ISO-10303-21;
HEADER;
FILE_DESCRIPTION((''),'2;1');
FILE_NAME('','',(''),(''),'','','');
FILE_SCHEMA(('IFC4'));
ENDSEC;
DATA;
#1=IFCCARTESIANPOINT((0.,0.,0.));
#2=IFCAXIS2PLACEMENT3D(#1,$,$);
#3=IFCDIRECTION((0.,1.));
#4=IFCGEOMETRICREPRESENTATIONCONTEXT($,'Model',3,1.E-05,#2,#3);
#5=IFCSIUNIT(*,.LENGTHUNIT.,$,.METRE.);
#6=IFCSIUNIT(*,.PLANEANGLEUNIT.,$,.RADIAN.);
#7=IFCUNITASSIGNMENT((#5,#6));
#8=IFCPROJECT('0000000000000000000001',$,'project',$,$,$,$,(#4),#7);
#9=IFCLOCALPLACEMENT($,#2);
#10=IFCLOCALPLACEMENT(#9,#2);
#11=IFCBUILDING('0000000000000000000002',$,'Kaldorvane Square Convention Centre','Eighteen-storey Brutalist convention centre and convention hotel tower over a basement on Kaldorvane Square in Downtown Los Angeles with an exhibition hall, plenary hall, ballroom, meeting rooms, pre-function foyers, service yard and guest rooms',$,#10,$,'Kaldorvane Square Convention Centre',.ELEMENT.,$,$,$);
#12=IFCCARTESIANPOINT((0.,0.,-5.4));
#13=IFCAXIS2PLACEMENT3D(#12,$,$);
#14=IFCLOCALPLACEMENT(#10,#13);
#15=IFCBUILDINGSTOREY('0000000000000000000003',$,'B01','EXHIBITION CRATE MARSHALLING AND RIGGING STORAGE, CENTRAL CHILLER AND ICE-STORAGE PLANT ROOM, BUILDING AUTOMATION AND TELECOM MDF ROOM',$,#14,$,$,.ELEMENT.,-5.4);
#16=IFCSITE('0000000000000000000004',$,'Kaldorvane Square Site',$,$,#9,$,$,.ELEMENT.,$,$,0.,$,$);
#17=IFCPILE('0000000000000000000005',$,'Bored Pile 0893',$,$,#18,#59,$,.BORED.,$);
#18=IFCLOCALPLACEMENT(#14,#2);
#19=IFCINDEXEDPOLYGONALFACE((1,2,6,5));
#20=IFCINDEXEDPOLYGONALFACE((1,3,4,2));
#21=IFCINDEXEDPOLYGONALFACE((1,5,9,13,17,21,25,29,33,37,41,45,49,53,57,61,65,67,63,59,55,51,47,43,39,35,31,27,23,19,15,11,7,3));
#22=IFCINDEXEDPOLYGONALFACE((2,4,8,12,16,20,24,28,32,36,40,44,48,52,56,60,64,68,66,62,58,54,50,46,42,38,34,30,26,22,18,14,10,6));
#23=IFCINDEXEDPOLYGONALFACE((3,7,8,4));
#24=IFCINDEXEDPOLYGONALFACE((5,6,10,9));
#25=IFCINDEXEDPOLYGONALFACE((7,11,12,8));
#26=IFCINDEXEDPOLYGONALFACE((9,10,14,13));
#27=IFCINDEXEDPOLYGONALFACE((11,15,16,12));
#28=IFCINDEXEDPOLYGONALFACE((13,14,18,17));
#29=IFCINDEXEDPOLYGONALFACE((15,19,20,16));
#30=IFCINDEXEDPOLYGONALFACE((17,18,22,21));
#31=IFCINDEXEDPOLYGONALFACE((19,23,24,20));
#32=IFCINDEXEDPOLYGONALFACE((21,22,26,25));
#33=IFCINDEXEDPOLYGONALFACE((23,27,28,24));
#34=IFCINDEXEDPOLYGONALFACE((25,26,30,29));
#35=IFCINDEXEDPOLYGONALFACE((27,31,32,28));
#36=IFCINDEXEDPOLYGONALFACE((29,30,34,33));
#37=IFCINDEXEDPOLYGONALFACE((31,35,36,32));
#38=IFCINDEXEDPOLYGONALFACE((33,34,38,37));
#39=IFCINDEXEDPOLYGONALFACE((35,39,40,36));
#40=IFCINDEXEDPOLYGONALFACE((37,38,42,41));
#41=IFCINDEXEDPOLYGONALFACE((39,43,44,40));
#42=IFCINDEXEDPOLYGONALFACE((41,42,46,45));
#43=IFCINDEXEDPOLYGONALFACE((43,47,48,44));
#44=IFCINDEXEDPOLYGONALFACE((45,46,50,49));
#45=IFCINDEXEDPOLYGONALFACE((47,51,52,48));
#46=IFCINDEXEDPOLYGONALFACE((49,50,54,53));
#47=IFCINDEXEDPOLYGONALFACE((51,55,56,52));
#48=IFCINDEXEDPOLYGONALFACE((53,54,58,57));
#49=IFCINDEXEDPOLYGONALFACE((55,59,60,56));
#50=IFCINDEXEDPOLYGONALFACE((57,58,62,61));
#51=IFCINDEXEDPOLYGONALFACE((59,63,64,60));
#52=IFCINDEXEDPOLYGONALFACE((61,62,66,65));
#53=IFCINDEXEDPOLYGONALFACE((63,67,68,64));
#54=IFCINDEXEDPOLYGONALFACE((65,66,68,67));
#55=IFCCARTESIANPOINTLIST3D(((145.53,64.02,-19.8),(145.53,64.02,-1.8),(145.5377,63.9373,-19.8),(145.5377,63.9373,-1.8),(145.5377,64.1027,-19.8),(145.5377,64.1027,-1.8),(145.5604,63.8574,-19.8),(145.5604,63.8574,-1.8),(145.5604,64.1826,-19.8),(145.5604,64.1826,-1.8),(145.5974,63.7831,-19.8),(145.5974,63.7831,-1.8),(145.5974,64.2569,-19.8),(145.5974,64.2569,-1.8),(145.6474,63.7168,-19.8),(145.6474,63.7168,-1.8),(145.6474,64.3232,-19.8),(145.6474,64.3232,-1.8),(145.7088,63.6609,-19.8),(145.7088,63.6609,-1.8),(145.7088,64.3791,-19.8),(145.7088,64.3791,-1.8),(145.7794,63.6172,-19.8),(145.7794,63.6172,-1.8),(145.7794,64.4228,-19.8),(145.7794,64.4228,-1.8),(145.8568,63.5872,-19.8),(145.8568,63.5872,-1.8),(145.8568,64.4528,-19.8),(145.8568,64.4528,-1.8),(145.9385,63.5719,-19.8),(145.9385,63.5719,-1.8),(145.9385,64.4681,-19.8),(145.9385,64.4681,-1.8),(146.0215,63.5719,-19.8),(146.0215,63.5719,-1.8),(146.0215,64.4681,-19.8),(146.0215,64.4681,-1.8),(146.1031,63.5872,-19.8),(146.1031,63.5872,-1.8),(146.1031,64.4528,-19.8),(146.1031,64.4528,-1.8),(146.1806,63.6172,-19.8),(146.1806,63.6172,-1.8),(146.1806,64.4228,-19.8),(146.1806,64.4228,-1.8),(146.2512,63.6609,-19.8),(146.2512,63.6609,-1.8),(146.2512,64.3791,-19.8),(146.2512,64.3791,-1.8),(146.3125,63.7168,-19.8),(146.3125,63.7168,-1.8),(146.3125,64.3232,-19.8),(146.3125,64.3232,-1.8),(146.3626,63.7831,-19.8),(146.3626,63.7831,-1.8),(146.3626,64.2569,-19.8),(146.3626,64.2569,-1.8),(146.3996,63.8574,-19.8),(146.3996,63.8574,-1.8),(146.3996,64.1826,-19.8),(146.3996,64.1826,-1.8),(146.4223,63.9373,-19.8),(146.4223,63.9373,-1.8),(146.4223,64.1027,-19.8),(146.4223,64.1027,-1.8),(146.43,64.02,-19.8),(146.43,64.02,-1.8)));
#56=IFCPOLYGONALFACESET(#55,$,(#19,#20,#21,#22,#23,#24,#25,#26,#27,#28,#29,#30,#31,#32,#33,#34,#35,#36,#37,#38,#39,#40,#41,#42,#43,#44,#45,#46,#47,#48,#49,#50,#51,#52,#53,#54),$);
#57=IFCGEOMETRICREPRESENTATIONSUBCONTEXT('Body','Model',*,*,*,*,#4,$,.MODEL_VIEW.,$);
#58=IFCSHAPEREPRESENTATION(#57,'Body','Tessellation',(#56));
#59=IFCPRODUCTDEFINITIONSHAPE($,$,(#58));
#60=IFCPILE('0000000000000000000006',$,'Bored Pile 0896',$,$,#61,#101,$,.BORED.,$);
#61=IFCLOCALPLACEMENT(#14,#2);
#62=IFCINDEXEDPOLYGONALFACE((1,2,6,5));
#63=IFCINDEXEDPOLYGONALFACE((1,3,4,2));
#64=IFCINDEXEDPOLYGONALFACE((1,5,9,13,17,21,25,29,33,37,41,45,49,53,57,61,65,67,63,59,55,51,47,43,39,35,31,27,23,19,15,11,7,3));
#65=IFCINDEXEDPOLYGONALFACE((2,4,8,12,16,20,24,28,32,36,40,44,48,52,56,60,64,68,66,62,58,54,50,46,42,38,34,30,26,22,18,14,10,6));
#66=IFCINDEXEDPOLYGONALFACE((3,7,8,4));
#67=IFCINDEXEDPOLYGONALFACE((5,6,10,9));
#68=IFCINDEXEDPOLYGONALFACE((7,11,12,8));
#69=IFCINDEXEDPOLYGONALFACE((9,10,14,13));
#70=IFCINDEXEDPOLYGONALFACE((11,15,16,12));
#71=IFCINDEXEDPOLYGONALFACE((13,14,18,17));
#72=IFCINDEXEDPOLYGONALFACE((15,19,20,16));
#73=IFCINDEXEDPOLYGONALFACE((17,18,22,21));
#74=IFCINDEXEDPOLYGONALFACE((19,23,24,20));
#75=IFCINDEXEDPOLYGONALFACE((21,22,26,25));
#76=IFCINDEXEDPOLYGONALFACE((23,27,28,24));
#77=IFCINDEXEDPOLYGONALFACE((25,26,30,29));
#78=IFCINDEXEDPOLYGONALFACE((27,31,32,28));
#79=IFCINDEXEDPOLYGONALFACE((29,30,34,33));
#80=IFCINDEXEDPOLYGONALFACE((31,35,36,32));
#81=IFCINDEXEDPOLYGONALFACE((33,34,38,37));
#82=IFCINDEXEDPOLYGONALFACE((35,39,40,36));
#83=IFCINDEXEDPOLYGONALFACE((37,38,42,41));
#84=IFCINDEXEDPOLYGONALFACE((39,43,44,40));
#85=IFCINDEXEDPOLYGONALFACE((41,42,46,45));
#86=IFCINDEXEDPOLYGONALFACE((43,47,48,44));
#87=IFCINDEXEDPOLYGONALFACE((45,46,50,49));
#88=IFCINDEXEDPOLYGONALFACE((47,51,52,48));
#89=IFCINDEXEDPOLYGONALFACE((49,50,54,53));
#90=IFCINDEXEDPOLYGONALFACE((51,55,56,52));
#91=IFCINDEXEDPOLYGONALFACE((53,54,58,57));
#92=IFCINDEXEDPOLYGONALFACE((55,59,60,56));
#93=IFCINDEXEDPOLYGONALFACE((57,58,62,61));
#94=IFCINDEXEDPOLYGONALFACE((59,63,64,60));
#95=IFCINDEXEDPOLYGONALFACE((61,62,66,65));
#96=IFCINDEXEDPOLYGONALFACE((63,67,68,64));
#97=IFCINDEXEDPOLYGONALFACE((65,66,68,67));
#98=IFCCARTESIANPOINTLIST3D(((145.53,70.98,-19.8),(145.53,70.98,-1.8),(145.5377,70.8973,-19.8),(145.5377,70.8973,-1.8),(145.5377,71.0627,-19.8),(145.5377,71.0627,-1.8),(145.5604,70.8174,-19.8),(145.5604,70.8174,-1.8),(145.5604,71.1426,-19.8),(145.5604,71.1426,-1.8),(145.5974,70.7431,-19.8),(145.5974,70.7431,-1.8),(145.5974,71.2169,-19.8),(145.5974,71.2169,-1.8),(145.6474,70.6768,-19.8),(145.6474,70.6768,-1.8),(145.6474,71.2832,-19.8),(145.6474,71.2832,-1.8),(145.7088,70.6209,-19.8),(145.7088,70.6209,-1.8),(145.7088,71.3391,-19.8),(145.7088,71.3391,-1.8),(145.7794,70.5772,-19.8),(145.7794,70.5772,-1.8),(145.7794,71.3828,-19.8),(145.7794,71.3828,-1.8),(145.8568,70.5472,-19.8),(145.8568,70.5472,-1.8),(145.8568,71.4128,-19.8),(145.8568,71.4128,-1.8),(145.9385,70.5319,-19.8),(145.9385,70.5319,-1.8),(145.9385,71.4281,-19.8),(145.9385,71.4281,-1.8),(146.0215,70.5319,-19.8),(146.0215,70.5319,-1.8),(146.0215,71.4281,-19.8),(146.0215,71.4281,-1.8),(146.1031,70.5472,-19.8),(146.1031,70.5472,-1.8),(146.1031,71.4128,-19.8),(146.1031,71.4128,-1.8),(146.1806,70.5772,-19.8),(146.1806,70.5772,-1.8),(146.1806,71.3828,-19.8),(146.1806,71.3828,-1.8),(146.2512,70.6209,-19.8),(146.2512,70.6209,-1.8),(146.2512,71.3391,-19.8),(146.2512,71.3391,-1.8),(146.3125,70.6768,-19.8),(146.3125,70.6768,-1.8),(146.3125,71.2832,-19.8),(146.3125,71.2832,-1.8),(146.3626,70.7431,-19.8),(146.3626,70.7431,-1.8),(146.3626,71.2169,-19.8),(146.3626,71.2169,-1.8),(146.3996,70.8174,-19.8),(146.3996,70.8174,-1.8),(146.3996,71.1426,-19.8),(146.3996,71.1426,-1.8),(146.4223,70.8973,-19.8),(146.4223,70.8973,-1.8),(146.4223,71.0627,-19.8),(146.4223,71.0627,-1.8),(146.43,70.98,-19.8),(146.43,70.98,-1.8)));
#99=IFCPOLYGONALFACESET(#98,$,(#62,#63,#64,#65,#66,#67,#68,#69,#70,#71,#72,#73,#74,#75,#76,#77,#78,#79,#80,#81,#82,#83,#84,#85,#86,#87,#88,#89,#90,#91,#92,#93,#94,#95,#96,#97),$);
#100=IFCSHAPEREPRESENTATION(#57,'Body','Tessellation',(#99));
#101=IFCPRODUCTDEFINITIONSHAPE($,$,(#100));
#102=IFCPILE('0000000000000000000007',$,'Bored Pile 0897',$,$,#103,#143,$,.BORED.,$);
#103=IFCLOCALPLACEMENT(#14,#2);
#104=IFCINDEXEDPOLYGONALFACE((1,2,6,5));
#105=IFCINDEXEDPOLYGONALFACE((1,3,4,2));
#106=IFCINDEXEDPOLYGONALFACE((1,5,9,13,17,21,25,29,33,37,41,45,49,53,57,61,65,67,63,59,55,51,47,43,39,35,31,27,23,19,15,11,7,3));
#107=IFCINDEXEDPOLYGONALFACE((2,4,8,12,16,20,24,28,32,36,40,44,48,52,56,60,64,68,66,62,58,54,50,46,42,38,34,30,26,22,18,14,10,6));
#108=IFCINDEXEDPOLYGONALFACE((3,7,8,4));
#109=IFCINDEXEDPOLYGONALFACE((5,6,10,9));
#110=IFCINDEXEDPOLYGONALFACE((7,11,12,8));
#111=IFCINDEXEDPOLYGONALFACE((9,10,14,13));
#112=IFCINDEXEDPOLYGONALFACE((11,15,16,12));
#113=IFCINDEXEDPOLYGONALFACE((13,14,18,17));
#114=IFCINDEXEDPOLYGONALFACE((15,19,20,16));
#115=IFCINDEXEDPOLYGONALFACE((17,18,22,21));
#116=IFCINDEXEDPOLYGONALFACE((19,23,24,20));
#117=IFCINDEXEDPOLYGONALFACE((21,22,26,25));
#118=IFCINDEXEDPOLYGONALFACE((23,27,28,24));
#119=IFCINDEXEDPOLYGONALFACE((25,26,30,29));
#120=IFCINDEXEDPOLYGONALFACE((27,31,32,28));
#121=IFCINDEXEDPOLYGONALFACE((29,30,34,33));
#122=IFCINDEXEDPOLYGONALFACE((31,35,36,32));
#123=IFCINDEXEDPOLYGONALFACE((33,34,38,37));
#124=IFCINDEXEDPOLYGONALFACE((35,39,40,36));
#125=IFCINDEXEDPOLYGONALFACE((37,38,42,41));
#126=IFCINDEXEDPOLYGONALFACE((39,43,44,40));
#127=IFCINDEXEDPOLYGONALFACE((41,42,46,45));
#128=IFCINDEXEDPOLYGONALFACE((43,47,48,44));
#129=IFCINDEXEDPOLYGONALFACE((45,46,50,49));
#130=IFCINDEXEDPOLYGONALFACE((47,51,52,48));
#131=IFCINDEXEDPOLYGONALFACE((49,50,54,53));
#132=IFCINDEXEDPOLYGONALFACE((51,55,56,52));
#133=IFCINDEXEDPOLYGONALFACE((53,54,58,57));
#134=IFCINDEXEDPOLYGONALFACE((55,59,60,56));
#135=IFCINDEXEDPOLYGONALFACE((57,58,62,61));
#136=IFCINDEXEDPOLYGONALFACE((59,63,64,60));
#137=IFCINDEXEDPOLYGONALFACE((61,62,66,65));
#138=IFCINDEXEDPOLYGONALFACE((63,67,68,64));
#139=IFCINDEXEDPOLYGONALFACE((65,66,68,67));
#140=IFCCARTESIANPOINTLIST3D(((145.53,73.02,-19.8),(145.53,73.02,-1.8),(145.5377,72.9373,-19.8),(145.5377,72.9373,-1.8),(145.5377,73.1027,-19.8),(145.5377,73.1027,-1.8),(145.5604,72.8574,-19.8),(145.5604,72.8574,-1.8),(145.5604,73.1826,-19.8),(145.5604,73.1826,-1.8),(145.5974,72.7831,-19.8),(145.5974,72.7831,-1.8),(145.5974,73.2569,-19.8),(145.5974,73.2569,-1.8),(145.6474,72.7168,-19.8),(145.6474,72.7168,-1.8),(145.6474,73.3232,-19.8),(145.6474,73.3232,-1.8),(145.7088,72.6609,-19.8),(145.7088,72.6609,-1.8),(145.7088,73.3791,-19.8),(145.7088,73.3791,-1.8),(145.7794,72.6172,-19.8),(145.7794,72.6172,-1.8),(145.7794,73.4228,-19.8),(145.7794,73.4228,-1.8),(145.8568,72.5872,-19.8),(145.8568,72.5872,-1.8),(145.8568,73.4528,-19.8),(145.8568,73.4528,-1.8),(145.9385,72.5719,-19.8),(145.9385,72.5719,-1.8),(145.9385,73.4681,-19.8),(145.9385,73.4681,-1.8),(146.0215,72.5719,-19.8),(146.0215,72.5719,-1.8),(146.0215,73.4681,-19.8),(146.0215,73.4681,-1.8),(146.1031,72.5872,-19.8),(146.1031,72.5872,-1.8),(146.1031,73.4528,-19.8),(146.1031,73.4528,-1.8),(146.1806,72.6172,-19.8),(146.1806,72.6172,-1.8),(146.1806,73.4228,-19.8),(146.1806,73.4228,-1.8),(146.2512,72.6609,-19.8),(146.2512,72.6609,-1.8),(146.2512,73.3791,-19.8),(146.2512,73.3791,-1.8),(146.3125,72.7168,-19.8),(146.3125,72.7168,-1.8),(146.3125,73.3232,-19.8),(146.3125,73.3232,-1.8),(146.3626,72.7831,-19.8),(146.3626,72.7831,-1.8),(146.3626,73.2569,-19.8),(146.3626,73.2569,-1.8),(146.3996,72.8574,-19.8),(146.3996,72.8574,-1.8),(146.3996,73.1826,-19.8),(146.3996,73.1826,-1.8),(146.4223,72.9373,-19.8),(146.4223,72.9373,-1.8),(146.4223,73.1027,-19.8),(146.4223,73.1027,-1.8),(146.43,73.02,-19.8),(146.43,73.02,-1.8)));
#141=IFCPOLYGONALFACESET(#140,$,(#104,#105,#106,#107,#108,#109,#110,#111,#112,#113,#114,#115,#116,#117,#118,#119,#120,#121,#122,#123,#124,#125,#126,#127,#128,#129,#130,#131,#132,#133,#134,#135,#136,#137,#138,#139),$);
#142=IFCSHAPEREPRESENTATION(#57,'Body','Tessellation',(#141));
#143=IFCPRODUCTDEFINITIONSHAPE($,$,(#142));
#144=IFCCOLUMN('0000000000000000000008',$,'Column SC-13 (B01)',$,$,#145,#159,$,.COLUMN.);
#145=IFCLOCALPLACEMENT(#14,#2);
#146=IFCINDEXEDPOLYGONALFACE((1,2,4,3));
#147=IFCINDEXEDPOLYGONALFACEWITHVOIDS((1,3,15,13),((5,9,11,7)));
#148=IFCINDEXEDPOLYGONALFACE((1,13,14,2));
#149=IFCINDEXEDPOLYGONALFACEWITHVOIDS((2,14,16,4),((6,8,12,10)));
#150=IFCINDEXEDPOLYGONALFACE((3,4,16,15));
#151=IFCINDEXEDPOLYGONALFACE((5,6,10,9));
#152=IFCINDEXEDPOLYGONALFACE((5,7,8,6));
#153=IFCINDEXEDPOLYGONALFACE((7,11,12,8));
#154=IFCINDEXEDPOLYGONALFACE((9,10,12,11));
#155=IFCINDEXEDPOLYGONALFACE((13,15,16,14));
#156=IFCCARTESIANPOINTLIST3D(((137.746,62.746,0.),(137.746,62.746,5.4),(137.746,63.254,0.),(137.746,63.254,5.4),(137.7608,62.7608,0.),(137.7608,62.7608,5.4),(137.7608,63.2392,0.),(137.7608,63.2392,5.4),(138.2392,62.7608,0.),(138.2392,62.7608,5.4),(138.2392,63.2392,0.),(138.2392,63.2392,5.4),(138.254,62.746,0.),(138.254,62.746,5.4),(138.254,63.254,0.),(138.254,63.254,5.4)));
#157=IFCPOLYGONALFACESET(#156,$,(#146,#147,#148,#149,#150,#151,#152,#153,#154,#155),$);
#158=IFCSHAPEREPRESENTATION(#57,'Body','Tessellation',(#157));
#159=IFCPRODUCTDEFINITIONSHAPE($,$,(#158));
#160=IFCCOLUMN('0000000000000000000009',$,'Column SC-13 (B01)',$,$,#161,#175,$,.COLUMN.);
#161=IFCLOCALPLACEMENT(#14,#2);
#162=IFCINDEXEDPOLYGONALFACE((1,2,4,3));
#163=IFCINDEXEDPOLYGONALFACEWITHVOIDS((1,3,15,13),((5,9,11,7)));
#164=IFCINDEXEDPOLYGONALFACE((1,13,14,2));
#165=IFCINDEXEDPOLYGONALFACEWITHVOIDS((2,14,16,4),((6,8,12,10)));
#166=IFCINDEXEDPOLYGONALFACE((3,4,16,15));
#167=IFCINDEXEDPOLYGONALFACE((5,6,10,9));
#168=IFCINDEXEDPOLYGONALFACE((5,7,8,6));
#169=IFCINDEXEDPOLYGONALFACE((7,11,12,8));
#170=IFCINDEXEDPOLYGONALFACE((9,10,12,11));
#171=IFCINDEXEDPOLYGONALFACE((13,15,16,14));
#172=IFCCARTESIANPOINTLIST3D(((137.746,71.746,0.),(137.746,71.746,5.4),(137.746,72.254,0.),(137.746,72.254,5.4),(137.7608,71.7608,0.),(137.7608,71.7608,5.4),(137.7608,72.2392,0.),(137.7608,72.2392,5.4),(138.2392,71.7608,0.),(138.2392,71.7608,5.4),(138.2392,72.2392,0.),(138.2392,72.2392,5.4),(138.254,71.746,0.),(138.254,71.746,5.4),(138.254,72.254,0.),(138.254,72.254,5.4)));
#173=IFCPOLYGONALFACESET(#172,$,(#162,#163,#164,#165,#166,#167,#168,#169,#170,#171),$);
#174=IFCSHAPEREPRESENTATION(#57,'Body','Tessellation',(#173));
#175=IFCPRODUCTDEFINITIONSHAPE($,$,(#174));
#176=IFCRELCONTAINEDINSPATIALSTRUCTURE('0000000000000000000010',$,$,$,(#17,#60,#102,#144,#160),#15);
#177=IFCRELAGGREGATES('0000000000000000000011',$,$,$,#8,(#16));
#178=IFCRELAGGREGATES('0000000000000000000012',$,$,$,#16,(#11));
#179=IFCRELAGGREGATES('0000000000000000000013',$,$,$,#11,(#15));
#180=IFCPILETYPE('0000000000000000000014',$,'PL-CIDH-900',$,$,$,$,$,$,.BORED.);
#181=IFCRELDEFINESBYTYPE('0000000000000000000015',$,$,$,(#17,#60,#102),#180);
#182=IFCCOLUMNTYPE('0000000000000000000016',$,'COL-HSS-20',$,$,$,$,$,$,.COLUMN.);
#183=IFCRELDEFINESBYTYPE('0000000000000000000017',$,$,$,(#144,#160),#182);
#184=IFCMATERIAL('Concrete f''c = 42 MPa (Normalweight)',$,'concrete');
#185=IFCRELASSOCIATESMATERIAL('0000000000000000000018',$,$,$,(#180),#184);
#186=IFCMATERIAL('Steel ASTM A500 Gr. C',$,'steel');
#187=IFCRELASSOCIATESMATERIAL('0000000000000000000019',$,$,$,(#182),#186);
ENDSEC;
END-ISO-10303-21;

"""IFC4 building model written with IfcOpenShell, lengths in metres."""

from ifc_helpers import new_model, si_unit, direction, frame, origin, origin_2d, place, context, subcontext, project, spatial, hollow_rectangle, circle, extrude, material, material_profile, profile_set, type_object, element, save


model = new_model("IFC4")

# Units and contexts
model_context = context("Model", 3, precision=1e-05, world=origin(), true_north=direction((0.0, 1.0)))
body_context = subcontext(model_context, "Body", "Model", "MODEL_VIEW")
ifc_project = project(units=[si_unit("LENGTHUNIT", "METRE"), si_unit("PLANEANGLEUNIT", "RADIAN")], contexts=[model_context])

# Site, building, storey
site_placement = place(None, origin())
site = spatial("IfcSite", under=ifc_project, at=site_placement, Name="Kaldorvane Square Site", CompositionType="ELEMENT", RefElevation=0.0)
building_placement = place(site_placement, origin())
building = spatial("IfcBuilding", under=site, at=building_placement, Name="Kaldorvane Square Convention Centre", Description="Eighteen-storey Brutalist convention centre and convention hotel tower over a basement on Kaldorvane Square in Downtown Los Angeles with an exhibition hall, plenary hall, ballroom, meeting rooms, pre-function foyers, service yard and guest rooms", LongName="Kaldorvane Square Convention Centre", CompositionType="ELEMENT")
storey_placement = place(building_placement, frame((0.0, 0.0, -5.4)))
storey = spatial("IfcBuildingStorey", under=building, at=storey_placement, Name="B01", Description="EXHIBITION CRATE MARSHALLING AND RIGGING STORAGE, CENTRAL CHILLER AND ICE-STORAGE PLANT ROOM, BUILDING AUTOMATION AND TELECOM MDF ROOM", CompositionType="ELEMENT", Elevation=-5.4)

# Shared definitions
ifc_material_1 = material(Name="Concrete f'c = 42 MPa (Normalweight)", Category="concrete")

# Piles
ifc_material_profile_1 = material_profile(ifc_material_1, circle(Radius=0.45, at=origin_2d()), Name="PILE-D900")
ifc_profile_set_1 = profile_set([ifc_material_profile_1], Name="Concrete f'c = 42 MPa (Normalweight)")
pile_type_1 = type_object("IfcPileType", Name="PL-CIDH-900", PredefinedType="BORED", material=ifc_profile_set_1)
for number, where, z_axis, x_axis, name in (
    (1, (145.98, 64.02, -1.8), (0.0, 0.0, -1.0), (1.0, 0.0, 0.0), "Bored Pile 0893"),
    (2, (145.98, 70.98, -1.8), (0.0, 0.0, -1.0), (1.0, 0.0, 0.0), "Bored Pile 0896"),
    (3, (145.98, 73.02, -1.8), (0.0, 0.0, -1.0), (1.0, 0.0, 0.0), "Bored Pile 0897"),
):
    element("IfcPile", number, at=place(storey_placement, frame(where, z_axis=z_axis, x_axis=x_axis)), inside=storey, type_object=pile_type_1, Name=name, PredefinedType="BORED", context=body_context, shape_type="SweptSolid", body=[
        extrude(circle(Radius=0.45, at=origin_2d()), origin(), (0.0, 0.0, 1.0), 18.0),
    ])

# Columns
ifc_material_2 = material(Name="Steel ASTM A500 Gr. C", Category="steel")
ifc_material_profile_2 = material_profile(ifc_material_2, hollow_rectangle(XDim=0.508, YDim=0.508, WallThickness=0.0148, at=origin_2d()), Name="HSS20X20X5/8")
ifc_profile_set_2 = profile_set([ifc_material_profile_2], Name="Steel ASTM A500 Gr. C")
column_type_1 = type_object("IfcColumnType", Name="COL-HSS-20", PredefinedType="COLUMN", material=ifc_profile_set_2)
for number, where, z_axis, x_axis, name in (
    (4, (138.0, 63.0, 0.0), (0.0, 0.0, 1.0), (1.0, 0.0, 0.0), "Column SC-13 (B01)"),
    (5, (138.0, 72.0, 0.0), (0.0, 0.0, 1.0), (1.0, 0.0, 0.0), "Column SC-13 (B01)"),
):
    element("IfcColumn", number, at=place(storey_placement, frame(where, z_axis=z_axis, x_axis=x_axis)), inside=storey, type_object=column_type_1, Name=name, PredefinedType="COLUMN", context=body_context, shape_type="SweptSolid", body=[
        extrude(hollow_rectangle(XDim=0.508, YDim=0.508, WallThickness=0.0148, at=origin_2d()), origin(), (0.0, 0.0, 1.0), 5.4),
    ])

save(model, "model.ifc")
